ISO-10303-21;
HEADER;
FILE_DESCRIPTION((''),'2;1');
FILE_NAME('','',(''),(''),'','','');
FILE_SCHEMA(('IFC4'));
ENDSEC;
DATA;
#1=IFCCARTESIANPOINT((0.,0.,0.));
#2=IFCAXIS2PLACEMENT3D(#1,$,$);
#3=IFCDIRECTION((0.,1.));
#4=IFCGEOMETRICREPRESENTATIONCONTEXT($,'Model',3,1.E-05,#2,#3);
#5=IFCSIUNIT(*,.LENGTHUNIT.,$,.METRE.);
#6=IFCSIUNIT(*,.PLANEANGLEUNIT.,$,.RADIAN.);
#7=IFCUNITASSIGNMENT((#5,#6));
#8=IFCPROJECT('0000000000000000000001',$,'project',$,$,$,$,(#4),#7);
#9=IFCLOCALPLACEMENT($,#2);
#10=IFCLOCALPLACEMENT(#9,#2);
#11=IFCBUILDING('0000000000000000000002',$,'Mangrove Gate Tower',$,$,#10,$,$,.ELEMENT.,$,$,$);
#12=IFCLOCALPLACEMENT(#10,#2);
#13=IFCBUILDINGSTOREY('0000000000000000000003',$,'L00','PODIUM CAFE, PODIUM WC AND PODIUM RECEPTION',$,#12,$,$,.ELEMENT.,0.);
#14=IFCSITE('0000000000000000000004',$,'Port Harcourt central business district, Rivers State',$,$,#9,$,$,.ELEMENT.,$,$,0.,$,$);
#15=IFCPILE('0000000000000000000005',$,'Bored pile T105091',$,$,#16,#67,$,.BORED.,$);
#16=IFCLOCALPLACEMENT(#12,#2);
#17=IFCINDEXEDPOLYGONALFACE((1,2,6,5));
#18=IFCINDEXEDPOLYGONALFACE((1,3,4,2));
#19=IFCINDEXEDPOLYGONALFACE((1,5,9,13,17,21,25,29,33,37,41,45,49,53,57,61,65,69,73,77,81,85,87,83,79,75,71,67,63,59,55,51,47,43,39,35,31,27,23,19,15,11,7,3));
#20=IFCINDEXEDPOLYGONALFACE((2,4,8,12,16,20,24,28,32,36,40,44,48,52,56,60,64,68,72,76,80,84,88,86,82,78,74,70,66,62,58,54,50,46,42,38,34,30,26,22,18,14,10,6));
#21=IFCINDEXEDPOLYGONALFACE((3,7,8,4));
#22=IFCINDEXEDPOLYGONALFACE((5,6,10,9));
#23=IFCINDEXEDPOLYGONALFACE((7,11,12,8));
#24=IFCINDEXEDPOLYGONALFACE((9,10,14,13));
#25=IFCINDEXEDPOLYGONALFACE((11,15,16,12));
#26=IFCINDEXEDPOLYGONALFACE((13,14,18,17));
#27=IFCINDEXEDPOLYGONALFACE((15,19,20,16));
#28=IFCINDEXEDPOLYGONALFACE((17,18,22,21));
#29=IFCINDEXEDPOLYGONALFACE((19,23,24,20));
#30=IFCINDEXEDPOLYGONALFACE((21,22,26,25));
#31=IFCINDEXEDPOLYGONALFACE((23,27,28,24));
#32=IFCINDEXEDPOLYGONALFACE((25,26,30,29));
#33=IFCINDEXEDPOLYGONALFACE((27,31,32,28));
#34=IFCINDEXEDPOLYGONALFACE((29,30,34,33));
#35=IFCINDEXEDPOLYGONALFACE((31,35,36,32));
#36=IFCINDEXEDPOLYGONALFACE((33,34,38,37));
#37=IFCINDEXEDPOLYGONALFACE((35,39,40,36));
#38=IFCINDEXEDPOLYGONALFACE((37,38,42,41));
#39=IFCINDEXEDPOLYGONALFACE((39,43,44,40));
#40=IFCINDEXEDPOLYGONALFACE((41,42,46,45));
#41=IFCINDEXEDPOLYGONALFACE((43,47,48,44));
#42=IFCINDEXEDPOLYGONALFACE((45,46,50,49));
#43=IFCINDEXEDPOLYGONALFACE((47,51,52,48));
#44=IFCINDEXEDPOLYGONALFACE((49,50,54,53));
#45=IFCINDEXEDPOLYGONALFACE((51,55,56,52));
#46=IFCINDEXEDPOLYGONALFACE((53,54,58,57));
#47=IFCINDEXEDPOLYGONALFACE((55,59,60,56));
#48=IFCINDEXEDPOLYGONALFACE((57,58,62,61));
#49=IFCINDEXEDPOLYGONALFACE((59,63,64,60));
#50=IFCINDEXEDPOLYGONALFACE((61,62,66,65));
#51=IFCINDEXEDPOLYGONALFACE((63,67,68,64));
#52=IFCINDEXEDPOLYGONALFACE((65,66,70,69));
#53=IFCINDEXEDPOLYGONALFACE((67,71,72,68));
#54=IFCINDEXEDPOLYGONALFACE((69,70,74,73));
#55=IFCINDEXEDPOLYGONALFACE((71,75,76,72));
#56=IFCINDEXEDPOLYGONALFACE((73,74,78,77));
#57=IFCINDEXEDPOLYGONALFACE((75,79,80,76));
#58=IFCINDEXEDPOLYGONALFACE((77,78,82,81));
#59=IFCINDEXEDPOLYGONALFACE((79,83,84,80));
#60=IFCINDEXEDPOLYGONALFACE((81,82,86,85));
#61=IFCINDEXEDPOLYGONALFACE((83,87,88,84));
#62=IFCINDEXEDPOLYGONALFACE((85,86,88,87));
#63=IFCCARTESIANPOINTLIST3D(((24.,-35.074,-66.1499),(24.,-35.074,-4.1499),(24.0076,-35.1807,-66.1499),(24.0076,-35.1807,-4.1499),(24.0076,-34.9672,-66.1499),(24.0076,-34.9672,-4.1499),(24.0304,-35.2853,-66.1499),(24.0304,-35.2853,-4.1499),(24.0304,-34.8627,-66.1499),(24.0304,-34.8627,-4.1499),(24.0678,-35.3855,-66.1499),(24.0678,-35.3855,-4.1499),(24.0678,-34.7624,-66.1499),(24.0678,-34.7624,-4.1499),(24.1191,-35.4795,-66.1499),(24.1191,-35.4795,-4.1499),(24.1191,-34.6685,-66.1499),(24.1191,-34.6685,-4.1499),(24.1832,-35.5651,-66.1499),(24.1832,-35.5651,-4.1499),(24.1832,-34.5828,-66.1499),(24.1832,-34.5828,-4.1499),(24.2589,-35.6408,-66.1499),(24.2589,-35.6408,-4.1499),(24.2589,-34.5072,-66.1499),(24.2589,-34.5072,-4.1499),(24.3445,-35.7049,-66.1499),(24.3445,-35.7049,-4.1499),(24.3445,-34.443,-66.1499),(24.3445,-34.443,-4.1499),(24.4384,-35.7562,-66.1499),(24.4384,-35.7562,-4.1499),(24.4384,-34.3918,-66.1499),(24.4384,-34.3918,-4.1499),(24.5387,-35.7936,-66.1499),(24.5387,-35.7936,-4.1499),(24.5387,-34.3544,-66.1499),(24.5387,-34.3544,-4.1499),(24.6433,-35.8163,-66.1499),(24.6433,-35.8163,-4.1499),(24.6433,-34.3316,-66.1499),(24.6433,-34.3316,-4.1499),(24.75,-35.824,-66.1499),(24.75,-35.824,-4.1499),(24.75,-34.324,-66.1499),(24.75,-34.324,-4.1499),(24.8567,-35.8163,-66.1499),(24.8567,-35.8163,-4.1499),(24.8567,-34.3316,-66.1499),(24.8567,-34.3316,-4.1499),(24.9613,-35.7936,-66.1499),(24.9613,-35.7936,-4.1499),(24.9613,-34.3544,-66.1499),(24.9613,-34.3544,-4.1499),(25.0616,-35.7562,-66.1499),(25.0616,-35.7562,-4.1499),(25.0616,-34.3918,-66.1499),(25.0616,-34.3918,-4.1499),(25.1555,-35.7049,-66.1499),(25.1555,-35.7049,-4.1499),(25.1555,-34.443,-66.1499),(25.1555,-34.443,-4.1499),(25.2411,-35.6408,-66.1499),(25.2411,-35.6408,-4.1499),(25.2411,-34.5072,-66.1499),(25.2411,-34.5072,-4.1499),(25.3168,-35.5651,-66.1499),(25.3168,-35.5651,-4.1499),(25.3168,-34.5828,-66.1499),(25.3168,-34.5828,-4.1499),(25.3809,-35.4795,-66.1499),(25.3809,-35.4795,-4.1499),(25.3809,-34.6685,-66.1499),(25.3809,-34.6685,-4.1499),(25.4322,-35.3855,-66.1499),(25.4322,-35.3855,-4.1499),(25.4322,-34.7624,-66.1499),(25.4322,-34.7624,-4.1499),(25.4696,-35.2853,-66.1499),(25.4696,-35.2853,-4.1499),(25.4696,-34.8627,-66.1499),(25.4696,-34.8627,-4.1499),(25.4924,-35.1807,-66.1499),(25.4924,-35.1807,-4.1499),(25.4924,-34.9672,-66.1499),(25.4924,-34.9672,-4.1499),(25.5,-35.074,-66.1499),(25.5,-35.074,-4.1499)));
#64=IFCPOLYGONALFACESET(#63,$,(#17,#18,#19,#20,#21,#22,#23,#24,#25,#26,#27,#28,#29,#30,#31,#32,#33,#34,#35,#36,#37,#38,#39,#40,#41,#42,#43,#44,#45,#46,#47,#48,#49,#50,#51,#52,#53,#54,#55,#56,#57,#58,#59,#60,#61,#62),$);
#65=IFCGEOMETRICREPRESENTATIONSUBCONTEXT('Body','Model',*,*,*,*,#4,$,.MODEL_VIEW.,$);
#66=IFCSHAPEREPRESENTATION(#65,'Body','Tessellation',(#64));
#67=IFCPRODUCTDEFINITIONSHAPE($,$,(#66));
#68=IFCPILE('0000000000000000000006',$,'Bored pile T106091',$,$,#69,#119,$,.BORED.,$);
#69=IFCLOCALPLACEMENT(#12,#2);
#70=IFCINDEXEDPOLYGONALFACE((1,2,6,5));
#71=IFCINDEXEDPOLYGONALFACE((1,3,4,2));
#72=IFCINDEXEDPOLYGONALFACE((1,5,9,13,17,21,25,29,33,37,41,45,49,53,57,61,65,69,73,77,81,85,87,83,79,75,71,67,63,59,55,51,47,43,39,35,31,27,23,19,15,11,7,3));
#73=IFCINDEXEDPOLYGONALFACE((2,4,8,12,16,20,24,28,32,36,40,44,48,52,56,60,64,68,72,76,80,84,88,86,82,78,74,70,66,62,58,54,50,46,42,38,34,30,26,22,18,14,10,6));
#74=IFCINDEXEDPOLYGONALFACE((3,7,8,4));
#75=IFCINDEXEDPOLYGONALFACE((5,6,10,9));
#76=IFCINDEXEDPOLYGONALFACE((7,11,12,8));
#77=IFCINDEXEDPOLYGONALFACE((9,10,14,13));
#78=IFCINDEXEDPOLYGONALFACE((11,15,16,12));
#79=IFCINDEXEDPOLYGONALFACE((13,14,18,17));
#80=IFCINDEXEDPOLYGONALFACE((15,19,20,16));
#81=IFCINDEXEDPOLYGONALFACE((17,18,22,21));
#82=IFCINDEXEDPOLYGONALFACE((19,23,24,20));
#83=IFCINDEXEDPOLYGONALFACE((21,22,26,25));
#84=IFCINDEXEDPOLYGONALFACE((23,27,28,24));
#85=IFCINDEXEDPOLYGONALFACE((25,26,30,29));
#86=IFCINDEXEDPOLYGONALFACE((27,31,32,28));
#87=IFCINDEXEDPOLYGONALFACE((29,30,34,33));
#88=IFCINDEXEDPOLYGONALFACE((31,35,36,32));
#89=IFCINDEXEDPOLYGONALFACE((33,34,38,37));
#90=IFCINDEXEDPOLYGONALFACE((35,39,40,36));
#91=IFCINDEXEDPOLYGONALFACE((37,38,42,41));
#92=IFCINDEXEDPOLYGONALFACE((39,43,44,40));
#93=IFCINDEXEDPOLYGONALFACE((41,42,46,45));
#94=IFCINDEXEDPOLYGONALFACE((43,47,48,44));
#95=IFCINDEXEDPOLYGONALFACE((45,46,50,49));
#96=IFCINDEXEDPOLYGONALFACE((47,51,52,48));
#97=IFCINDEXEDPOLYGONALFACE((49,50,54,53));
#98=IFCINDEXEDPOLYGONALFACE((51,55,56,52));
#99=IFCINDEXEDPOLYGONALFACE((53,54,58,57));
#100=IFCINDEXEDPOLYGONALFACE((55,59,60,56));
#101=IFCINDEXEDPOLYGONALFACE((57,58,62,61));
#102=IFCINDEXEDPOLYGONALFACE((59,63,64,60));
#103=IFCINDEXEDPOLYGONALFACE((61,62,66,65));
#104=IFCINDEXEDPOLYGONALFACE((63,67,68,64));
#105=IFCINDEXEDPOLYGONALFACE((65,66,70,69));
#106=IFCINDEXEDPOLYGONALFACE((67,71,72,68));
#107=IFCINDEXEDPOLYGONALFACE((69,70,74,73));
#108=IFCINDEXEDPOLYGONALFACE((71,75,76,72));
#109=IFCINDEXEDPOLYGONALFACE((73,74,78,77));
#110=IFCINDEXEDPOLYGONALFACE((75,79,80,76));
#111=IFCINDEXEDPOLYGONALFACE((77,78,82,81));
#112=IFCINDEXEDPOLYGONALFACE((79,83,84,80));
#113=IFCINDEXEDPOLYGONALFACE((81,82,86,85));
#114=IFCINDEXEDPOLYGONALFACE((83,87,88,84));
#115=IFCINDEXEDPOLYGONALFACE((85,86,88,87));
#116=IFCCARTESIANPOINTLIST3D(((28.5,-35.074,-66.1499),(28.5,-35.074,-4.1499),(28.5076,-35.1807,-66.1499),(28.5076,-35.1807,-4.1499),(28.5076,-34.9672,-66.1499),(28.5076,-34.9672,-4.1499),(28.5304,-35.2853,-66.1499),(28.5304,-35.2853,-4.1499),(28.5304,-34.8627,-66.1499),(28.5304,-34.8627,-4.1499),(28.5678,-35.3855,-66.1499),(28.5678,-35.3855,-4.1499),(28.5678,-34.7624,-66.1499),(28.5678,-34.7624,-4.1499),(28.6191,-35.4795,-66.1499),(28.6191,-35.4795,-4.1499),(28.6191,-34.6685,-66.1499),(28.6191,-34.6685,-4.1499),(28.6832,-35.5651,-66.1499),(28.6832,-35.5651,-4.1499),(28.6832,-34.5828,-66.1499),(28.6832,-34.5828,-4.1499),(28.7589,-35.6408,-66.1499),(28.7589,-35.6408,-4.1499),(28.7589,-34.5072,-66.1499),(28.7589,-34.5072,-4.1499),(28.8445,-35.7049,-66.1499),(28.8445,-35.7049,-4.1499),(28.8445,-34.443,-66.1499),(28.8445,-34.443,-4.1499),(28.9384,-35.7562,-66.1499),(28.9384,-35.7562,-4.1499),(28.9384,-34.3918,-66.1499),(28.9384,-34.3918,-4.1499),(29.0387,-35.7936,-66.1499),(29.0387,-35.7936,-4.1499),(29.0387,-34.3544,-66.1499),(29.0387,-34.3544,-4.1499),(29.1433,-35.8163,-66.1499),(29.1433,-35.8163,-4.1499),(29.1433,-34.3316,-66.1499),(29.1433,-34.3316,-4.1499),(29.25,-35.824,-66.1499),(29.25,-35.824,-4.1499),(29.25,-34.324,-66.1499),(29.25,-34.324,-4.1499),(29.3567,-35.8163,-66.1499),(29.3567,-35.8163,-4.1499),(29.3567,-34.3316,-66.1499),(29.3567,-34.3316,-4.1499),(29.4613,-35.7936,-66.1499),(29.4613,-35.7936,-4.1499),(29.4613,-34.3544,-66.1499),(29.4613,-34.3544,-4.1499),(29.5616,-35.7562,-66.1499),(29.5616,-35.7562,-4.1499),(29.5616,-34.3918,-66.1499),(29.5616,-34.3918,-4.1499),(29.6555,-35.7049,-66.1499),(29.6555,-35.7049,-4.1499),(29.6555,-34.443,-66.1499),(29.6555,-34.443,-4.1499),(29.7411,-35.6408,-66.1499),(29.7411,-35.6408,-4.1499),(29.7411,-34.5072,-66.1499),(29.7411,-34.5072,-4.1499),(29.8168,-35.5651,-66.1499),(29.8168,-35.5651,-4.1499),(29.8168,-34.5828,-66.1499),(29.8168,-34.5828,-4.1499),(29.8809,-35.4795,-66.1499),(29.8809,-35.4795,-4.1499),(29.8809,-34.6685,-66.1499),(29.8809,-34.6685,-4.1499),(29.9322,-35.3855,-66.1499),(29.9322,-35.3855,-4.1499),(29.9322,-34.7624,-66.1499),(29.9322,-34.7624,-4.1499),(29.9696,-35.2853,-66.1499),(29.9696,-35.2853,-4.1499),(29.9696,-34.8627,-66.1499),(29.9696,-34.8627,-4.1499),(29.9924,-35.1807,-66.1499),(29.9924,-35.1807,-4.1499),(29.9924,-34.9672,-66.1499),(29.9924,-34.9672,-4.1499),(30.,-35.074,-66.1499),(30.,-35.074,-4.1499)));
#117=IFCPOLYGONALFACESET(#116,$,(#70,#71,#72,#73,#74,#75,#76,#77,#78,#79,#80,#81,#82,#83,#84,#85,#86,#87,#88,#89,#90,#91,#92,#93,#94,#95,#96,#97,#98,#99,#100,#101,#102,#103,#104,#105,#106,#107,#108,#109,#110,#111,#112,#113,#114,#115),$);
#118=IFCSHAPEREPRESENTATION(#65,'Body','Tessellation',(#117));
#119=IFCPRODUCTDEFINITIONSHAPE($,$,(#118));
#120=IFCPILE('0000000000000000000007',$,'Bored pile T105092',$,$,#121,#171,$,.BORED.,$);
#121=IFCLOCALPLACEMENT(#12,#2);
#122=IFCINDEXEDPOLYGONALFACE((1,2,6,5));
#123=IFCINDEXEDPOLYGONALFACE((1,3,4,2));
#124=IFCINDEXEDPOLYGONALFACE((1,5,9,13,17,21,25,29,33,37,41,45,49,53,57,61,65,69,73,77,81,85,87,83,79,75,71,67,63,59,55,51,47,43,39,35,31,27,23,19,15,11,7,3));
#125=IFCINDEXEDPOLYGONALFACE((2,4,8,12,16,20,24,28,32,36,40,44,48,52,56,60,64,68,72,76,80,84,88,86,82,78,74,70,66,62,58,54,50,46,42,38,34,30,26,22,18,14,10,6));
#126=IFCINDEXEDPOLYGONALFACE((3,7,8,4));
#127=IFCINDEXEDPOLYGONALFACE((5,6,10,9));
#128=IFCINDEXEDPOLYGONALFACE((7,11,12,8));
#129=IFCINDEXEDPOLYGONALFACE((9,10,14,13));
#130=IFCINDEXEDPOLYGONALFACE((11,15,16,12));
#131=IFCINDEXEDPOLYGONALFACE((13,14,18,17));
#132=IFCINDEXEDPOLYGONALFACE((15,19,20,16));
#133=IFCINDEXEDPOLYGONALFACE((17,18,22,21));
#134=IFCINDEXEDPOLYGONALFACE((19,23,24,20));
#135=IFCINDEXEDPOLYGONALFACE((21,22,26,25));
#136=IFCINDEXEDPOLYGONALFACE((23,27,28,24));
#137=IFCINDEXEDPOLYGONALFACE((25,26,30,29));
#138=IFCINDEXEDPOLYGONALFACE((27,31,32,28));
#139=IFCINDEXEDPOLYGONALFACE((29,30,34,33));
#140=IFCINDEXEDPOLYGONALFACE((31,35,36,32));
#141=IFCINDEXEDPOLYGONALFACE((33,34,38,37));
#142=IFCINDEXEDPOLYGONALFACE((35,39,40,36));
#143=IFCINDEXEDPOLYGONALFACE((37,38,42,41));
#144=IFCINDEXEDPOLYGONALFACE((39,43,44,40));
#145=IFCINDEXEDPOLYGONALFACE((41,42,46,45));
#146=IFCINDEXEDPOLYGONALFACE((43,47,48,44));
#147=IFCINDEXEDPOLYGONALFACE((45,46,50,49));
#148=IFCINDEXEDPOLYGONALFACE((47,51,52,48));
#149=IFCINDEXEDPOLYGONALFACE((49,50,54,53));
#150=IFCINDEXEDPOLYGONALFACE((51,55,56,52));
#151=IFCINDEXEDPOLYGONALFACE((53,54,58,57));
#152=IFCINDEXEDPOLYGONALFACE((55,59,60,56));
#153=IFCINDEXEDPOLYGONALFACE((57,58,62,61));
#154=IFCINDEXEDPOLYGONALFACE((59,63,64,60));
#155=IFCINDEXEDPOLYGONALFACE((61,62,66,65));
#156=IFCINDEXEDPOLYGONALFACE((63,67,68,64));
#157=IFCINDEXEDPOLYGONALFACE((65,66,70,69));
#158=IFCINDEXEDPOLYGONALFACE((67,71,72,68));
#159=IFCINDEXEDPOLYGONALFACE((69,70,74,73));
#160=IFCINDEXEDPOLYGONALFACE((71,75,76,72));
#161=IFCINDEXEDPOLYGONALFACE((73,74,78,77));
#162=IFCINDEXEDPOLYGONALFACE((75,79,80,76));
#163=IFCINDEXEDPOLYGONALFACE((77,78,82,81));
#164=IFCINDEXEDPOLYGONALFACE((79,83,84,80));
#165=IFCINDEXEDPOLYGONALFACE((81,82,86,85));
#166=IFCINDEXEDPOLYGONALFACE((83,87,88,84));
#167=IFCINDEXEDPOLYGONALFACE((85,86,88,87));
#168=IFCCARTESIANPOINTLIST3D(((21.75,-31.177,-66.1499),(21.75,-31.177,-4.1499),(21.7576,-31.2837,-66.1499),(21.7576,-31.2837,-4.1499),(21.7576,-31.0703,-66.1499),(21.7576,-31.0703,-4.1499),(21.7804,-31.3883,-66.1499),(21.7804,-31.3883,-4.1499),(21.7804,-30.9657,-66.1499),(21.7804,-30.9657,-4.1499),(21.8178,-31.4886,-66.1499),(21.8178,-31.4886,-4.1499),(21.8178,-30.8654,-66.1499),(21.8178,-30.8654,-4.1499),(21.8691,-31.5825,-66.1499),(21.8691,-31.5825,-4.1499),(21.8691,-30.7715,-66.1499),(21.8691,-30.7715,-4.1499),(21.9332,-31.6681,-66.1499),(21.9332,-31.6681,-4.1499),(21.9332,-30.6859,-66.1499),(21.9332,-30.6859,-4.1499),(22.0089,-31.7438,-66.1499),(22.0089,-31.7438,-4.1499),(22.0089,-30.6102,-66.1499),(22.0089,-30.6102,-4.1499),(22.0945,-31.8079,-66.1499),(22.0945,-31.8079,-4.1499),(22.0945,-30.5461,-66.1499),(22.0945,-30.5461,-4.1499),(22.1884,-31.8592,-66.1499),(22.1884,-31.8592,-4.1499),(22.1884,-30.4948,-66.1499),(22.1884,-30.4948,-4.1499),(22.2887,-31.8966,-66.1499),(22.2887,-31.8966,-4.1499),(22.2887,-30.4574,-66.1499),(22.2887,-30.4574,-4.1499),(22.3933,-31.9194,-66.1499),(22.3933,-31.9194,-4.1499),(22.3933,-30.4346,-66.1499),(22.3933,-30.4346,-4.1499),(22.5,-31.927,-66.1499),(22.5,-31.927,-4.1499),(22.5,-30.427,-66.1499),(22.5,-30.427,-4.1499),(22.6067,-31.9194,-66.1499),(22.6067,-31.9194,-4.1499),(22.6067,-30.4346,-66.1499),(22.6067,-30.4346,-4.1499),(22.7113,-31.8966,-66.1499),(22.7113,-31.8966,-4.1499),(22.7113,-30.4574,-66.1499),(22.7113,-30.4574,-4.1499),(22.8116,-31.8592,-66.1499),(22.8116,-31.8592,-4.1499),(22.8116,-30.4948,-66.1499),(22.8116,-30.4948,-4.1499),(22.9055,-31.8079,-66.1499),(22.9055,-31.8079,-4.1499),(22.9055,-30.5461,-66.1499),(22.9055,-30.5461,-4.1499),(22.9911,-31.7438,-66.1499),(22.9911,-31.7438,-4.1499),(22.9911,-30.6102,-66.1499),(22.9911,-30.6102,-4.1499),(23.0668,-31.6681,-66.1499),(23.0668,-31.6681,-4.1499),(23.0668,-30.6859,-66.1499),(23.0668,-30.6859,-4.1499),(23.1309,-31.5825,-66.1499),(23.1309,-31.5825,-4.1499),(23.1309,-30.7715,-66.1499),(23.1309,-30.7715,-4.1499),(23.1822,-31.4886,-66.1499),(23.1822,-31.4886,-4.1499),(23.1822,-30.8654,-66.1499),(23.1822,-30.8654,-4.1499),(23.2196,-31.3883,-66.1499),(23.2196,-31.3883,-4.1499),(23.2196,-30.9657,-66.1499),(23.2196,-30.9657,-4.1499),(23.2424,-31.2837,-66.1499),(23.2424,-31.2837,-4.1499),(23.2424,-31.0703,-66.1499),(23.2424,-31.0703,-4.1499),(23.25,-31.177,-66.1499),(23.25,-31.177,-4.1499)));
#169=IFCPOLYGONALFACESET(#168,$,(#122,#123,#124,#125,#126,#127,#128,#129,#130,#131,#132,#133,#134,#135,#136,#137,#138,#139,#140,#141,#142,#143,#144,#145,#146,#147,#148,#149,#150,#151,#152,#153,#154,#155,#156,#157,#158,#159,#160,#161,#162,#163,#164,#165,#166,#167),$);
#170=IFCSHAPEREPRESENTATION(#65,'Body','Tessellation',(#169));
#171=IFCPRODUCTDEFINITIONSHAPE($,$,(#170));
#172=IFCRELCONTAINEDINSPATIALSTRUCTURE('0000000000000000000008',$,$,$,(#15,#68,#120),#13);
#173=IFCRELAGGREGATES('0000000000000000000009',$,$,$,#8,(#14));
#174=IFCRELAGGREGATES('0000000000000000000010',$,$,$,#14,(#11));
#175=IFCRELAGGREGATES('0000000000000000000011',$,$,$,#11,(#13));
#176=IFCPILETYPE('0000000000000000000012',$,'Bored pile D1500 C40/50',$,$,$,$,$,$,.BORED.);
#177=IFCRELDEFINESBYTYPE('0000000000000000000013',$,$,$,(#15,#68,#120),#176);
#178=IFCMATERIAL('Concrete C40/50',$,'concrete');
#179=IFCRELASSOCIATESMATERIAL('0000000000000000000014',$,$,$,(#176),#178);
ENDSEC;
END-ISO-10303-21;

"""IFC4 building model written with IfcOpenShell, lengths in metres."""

from ifc_helpers import new_model, si_unit, direction, frame, origin, origin_2d, place, context, subcontext, project, spatial, circle, extrude, material, material_profile, profile_set, type_object, element, save


model = new_model("IFC4")

# Units and contexts
model_context = context("Model", 3, precision=1e-05, world=origin(), true_north=direction((0.0, 1.0)))
body_context = subcontext(model_context, "Body", "Model", "MODEL_VIEW")
ifc_project = project(units=[si_unit("LENGTHUNIT", "METRE"), si_unit("PLANEANGLEUNIT", "RADIAN")], contexts=[model_context])

# Site, building, storey
site_placement = place(None, origin())
site = spatial("IfcSite", under=ifc_project, at=site_placement, Name="Port Harcourt central business district, Rivers State", CompositionType="ELEMENT", RefElevation=0.0)
building_placement = place(site_placement, origin())
building = spatial("IfcBuilding", under=site, at=building_placement, Name="Mangrove Gate Tower", CompositionType="ELEMENT")
storey_placement = place(building_placement, origin())
storey = spatial("IfcBuildingStorey", under=building, at=storey_placement, Name="L00", Description="PODIUM CAFE, PODIUM WC AND PODIUM RECEPTION", CompositionType="ELEMENT", Elevation=0.0)

# Piles
ifc_material_1 = material(Name="Concrete C40/50", Category="concrete")
ifc_material_profile_1 = material_profile(ifc_material_1, circle(Radius=0.75, at=origin_2d()))
ifc_profile_set_1 = profile_set([ifc_material_profile_1], Name="Concrete C40/50")
pile_type = type_object("IfcPileType", Name="Bored pile D1500 C40/50", PredefinedType="BORED", material=ifc_profile_set_1)
for number, where, z_axis, x_axis, name in (
    (1, (24.75, -35.074, -4.1499), (0.0, 0.0, -1.0), (1.0, 0.0, 0.0), "Bored pile T105091"),
    (2, (29.25, -35.074, -4.1499), (0.0, 0.0, -1.0), (1.0, 0.0, 0.0), "Bored pile T106091"),
    (3, (22.5, -31.177, -4.1499), (0.0, 0.0, -1.0), (1.0, 0.0, 0.0), "Bored pile T105092"),
):
    element("IfcPile", number, at=place(storey_placement, frame(where, z_axis=z_axis, x_axis=x_axis)), inside=storey, type_object=pile_type, Name=name, PredefinedType="BORED", context=body_context, shape_type="SweptSolid", body=[
        extrude(circle(Radius=0.75, at=origin_2d()), origin(), (0.0, 0.0, 1.0), 62.0),
    ])

save(model, "model.ifc")
